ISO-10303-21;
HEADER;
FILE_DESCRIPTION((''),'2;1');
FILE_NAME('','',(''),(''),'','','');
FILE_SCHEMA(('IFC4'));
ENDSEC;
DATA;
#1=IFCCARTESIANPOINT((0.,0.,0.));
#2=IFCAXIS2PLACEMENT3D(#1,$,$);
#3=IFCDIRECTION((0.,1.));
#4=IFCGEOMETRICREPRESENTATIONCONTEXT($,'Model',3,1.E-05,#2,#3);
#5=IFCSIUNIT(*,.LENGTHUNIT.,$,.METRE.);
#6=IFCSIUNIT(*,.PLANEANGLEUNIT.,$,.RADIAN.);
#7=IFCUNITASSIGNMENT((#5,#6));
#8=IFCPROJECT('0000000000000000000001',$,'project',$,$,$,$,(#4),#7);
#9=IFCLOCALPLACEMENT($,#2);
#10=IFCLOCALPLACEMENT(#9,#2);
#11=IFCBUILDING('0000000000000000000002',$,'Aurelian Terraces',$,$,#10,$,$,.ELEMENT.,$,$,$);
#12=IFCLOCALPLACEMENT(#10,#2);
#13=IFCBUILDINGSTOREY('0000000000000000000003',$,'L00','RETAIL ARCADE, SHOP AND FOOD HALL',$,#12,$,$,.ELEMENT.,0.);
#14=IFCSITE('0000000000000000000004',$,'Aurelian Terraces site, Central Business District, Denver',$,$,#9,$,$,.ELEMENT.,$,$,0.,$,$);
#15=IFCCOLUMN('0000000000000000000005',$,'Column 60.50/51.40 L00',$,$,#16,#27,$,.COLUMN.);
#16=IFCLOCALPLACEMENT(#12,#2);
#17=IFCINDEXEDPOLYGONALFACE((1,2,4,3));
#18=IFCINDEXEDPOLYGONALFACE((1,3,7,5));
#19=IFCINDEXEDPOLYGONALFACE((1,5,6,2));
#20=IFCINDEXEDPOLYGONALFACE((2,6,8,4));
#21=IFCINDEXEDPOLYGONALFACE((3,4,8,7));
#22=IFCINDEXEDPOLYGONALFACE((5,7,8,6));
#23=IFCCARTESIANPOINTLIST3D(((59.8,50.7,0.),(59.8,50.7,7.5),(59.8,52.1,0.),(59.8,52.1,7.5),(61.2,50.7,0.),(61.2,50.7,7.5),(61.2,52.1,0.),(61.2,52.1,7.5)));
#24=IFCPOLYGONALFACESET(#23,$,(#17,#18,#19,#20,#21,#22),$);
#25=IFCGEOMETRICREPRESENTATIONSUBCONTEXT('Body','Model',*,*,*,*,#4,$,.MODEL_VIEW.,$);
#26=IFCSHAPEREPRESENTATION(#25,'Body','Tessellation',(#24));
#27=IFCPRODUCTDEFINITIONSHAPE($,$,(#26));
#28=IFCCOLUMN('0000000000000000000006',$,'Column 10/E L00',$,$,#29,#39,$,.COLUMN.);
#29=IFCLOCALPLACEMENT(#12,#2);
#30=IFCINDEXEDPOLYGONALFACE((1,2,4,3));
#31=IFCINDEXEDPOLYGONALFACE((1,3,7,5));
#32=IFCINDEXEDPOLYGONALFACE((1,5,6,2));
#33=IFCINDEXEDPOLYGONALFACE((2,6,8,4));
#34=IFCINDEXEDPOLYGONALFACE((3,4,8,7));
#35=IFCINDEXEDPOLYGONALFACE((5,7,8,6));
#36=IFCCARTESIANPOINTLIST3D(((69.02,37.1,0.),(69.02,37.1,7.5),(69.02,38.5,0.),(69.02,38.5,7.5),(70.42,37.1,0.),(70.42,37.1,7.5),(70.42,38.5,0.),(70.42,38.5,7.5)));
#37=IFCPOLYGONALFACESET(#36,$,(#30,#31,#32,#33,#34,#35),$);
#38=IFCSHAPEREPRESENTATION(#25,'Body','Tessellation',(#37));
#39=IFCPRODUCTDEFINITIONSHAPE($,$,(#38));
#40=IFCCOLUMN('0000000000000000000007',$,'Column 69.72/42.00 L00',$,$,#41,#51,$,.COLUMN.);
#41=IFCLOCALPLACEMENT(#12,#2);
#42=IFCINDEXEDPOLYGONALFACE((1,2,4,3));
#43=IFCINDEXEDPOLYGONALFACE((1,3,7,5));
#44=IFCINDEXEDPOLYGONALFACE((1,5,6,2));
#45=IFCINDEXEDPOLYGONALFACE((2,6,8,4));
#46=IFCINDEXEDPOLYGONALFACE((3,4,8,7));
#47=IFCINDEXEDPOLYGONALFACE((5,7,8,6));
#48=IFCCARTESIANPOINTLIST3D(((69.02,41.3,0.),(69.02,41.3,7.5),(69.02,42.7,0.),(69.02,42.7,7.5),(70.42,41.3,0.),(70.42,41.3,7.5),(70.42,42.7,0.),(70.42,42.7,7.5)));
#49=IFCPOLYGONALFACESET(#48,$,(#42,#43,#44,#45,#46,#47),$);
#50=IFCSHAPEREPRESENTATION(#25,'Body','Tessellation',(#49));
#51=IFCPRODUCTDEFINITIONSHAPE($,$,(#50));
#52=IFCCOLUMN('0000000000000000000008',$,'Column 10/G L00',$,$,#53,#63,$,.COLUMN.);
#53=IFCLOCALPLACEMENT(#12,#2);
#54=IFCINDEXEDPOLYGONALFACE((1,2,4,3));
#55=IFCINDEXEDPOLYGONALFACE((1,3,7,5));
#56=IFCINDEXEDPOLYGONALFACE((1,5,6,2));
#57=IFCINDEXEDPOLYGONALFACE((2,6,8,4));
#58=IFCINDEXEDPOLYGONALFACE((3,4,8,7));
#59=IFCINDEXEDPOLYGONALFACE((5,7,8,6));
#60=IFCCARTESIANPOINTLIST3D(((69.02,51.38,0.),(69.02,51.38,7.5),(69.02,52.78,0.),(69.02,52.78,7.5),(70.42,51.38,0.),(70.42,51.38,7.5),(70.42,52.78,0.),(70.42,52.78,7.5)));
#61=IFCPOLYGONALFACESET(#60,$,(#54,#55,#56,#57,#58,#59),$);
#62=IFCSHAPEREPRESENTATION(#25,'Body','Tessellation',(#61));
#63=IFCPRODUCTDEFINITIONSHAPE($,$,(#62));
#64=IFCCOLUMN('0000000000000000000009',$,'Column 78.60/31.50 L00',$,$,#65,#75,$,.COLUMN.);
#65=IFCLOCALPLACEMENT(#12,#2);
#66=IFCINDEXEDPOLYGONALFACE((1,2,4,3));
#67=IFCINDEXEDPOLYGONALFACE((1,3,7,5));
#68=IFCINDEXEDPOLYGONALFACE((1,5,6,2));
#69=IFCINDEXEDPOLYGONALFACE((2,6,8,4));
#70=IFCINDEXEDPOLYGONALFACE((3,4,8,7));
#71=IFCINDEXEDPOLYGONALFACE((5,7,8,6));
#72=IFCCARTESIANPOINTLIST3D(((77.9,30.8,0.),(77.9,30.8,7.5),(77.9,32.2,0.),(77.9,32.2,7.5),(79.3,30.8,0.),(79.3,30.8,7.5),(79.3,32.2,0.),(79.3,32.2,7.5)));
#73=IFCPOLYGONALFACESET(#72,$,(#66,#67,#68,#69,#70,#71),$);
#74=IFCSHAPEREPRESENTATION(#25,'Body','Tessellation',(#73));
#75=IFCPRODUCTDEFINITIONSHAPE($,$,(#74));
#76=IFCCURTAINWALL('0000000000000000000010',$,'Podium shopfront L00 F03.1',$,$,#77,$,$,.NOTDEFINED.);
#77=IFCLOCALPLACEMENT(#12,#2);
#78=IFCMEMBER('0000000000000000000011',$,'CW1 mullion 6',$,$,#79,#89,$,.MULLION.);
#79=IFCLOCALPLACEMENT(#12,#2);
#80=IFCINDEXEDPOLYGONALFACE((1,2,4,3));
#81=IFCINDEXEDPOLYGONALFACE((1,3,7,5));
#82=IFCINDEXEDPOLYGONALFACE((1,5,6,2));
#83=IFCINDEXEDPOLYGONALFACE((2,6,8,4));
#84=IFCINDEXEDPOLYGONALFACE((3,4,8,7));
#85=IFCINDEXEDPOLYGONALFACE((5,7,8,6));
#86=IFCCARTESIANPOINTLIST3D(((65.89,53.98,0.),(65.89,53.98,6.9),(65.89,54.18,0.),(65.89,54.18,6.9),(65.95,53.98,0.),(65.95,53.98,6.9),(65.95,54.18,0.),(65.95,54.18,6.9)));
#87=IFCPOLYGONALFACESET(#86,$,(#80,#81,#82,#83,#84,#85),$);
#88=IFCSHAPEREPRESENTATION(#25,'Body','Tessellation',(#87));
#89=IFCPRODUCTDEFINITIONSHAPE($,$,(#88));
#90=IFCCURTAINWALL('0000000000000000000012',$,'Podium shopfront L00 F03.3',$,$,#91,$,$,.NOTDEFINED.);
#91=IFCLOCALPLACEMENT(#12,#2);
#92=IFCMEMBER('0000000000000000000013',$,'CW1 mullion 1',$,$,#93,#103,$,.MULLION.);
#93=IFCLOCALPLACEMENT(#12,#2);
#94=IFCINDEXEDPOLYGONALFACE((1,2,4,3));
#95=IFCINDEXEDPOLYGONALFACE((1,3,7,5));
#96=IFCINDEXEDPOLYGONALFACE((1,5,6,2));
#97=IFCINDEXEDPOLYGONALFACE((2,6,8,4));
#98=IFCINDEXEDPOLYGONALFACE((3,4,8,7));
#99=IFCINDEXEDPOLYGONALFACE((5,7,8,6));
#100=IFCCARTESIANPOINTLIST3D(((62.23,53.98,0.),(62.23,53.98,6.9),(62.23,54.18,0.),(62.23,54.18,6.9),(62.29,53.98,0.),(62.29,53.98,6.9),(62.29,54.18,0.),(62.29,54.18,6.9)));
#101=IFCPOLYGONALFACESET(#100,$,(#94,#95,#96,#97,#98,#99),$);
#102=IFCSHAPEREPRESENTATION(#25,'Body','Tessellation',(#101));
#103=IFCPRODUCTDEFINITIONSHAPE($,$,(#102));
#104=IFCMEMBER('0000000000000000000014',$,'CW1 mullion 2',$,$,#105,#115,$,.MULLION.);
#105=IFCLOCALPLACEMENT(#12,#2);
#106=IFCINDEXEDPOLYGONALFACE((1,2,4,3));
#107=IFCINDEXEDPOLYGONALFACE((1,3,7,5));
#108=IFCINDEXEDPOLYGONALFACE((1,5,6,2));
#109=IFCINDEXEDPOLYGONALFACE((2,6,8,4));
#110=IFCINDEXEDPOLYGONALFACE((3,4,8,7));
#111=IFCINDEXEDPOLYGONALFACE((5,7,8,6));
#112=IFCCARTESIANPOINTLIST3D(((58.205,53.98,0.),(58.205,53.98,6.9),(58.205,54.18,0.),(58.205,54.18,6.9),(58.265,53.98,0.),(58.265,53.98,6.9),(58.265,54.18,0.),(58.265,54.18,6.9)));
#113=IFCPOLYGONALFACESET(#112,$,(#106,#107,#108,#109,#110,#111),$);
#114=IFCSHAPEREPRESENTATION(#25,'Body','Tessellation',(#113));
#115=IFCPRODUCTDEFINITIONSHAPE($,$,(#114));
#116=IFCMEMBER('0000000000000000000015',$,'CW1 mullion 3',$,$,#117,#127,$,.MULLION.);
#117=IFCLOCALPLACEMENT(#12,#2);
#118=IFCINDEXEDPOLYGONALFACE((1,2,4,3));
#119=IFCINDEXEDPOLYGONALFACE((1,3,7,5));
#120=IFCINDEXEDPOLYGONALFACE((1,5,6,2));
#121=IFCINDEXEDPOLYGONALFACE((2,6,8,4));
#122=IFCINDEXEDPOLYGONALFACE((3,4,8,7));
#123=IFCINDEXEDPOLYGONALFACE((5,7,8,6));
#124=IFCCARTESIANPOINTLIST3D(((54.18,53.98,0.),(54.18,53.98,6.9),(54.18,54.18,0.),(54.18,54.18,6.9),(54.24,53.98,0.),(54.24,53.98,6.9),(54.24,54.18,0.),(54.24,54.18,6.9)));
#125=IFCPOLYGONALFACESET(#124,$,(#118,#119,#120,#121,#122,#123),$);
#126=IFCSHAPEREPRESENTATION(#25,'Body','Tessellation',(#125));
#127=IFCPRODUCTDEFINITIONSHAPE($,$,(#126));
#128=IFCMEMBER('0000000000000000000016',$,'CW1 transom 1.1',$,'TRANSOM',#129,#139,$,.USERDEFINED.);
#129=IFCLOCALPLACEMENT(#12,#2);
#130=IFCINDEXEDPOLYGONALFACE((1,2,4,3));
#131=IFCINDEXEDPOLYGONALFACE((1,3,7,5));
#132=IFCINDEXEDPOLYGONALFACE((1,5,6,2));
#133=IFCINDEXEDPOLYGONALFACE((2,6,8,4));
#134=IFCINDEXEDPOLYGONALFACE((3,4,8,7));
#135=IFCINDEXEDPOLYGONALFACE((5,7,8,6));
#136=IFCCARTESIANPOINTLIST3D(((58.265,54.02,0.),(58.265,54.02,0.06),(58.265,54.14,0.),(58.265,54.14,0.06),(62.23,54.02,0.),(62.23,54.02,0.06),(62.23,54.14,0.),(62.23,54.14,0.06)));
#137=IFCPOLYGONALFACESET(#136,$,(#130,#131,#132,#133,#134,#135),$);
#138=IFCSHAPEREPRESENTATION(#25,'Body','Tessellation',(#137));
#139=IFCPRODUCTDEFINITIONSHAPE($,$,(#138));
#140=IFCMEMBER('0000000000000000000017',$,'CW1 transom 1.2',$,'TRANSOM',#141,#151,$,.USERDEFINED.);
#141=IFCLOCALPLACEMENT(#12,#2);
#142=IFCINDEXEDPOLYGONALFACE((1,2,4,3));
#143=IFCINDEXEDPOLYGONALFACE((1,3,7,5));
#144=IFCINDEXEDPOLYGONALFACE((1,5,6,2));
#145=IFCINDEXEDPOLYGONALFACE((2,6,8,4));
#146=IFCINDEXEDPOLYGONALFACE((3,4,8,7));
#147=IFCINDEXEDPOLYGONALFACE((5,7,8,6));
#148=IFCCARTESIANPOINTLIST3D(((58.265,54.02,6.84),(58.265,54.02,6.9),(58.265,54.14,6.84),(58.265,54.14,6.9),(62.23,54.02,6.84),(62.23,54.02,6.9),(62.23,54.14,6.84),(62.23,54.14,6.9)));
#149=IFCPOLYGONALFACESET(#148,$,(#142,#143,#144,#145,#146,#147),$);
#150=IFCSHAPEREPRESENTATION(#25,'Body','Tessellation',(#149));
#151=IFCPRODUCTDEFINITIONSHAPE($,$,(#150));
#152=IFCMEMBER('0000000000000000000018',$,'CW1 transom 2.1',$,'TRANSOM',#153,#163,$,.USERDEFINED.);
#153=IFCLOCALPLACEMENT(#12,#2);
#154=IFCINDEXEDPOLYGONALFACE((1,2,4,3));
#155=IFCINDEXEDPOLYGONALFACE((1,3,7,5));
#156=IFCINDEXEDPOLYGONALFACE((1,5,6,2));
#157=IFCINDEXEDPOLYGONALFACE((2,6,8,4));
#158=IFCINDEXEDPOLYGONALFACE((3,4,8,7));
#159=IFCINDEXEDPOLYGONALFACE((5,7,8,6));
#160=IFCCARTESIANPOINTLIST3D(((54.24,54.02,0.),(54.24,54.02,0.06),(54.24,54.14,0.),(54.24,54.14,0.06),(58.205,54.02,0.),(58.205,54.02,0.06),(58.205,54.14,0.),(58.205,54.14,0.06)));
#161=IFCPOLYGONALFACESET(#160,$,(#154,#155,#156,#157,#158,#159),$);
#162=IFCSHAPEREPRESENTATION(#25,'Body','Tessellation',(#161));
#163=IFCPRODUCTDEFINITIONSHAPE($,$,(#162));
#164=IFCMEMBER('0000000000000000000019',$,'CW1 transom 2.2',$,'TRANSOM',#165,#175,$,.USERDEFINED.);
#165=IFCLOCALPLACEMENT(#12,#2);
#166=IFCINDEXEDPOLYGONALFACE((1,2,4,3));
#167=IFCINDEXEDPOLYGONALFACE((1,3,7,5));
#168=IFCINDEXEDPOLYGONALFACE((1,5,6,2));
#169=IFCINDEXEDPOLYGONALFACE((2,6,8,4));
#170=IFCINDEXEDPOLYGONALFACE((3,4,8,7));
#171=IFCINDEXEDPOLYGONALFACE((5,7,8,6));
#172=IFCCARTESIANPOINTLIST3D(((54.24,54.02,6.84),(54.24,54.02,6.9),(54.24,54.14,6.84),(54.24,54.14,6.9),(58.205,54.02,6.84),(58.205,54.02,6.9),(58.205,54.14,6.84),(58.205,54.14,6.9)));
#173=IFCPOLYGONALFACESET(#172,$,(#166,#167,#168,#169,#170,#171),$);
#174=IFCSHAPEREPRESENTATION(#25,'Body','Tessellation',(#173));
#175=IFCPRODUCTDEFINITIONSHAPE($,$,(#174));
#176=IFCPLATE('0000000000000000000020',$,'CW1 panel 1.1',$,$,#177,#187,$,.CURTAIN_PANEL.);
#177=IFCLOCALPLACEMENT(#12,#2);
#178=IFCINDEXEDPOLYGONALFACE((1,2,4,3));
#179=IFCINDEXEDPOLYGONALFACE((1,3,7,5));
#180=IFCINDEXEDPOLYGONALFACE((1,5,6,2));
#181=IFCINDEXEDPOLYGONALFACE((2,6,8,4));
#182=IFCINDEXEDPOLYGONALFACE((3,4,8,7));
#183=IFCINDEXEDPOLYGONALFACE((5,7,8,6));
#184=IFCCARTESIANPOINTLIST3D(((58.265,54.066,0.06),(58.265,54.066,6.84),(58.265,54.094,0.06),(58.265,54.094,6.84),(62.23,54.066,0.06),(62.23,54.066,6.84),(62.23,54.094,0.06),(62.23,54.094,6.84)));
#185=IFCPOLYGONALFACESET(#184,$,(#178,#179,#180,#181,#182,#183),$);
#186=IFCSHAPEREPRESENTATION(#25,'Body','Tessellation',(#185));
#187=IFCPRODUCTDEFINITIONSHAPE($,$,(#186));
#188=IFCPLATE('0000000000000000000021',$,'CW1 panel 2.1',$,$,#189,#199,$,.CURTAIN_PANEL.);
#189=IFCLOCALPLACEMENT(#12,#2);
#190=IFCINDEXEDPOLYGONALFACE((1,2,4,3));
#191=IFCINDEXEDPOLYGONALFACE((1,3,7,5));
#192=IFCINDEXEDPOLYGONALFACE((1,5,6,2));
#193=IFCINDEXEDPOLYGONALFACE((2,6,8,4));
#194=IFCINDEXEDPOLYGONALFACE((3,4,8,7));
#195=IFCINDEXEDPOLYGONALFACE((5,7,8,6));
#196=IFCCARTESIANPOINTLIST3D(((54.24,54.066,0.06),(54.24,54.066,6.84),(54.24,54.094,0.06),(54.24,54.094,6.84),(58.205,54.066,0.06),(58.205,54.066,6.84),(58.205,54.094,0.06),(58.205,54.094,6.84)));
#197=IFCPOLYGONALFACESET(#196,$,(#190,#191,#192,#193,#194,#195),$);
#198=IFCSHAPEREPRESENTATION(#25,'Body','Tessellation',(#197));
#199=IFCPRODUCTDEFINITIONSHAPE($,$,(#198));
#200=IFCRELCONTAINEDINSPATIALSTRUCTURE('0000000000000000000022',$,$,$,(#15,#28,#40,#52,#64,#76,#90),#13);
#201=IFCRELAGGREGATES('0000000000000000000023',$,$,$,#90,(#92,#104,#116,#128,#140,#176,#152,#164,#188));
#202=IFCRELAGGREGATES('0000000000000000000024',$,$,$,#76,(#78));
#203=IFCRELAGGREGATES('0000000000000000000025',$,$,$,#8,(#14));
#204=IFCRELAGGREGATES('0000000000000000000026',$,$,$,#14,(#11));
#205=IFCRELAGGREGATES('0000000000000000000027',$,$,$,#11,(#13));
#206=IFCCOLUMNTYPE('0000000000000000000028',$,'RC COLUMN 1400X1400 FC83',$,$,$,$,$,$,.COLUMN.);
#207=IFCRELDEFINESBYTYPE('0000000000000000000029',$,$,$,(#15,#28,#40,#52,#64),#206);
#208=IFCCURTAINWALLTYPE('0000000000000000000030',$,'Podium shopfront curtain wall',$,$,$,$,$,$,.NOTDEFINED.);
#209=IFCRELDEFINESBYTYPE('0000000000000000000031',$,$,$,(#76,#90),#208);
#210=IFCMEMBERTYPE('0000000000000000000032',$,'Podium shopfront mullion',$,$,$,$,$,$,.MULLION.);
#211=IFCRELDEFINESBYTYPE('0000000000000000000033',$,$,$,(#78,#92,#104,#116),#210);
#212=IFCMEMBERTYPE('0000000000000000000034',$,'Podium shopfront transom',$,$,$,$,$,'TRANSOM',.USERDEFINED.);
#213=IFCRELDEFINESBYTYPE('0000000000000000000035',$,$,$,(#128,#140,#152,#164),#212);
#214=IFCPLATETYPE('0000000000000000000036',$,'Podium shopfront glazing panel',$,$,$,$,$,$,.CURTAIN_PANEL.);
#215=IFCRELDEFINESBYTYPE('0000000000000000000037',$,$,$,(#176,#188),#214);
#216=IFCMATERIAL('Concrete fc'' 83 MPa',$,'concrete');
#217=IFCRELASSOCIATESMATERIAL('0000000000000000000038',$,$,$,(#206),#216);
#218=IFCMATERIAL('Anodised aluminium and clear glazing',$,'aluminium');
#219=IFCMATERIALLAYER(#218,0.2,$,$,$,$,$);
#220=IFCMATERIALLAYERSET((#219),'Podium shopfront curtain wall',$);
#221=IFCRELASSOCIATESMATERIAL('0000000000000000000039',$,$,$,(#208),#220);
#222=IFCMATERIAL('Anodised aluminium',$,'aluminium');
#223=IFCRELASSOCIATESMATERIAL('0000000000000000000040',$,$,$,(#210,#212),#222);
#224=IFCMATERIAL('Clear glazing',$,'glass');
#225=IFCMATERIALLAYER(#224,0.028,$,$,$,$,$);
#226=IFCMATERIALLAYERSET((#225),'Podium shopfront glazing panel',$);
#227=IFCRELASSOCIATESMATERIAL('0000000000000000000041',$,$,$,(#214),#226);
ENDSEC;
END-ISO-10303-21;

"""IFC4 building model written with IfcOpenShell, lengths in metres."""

from ifc_helpers import new_model, si_unit, direction, frame, origin, origin_2d, place, context, subcontext, project, spatial, rectangle, extrude, source, transform, mapped, material, layer, layer_set, material_profile, profile_set, type_object, element, aggregate, save


model = new_model("IFC4")

# Units and contexts
model_context = context("Model", 3, precision=1e-05, world=origin(), true_north=direction((0.0, 1.0)))
body_context = subcontext(model_context, "Body", "Model", "MODEL_VIEW")
ifc_project = project(units=[si_unit("LENGTHUNIT", "METRE"), si_unit("PLANEANGLEUNIT", "RADIAN")], contexts=[model_context])

# Site, building, storey
site_placement = place(None, origin())
site = spatial("IfcSite", under=ifc_project, at=site_placement, Name="Aurelian Terraces site, Central Business District, Denver", CompositionType="ELEMENT", RefElevation=0.0)
building_placement = place(site_placement, origin())
building = spatial("IfcBuilding", under=site, at=building_placement, Name="Aurelian Terraces", CompositionType="ELEMENT")
storey_placement = place(building_placement, origin())
storey = spatial("IfcBuildingStorey", under=building, at=storey_placement, Name="L00", Description="RETAIL ARCADE, SHOP AND FOOD HALL", CompositionType="ELEMENT", Elevation=0.0)

# Columns
ifc_material_1 = material(Name="Concrete fc' 83 MPa", Category="concrete")
ifc_material_profile_1 = material_profile(ifc_material_1, rectangle(XDim=1.4, YDim=1.4, at=origin_2d()))
ifc_profile_set_1 = profile_set([ifc_material_profile_1], Name="Concrete fc' 83 MPa")
column_type = type_object("IfcColumnType", Name="RC COLUMN 1400X1400 FC83", PredefinedType="COLUMN", material=ifc_profile_set_1)
shared_shape_1 = source(origin(), body_context, "Body", "SweptSolid", [
    extrude(rectangle(XDim=1.4, YDim=1.4, at=origin_2d()), origin(), (0.0, 0.0, 1.0), 7.5),
])
for number, where, z_axis, x_axis, name in (
    (1, (60.5, 51.4, 0.0), (0.0, 0.0, 1.0), (1.0, 0.0, 0.0), "Column 60.50/51.40 L00"),
    (2, (69.72, 37.8, 0.0), (0.0, 0.0, 1.0), (1.0, 0.0, 0.0), "Column 10/E L00"),
    (3, (69.72, 42.0, 0.0), (0.0, 0.0, 1.0), (1.0, 0.0, 0.0), "Column 69.72/42.00 L00"),
    (4, (69.72, 52.08, 0.0), (0.0, 0.0, 1.0), (1.0, 0.0, 0.0), "Column 10/G L00"),
    (5, (78.6, 31.5, 0.0), (0.0, 0.0, 1.0), (1.0, 0.0, 0.0), "Column 78.60/31.50 L00"),
):
    element("IfcColumn", number, at=place(storey_placement, frame(where, z_axis=z_axis, x_axis=x_axis)), inside=storey, type_object=column_type, Name=name, PredefinedType="COLUMN", context=body_context, shape_type="MappedRepresentation", body=[
        mapped(shared_shape_1, transform((0.0, 0.0, 0.0), scale=1.0)),
    ])

# Curtain wall, member
ifc_material_2 = material(Name="Anodised aluminium and clear glazing", Category="aluminium")
ifc_layer_1 = layer(ifc_material_2, 0.2)
ifc_layer_set_1 = layer_set([ifc_layer_1], Name="Podium shopfront curtain wall")
curtain_wall_type = type_object("IfcCurtainWallType", Name="Podium shopfront curtain wall", PredefinedType="NOTDEFINED", material=ifc_layer_set_1)
curtain_wall_1_placement = place(storey_placement, origin())
curtain_wall_1 = element("IfcCurtainWall", 6, at=curtain_wall_1_placement, inside=storey, type_object=curtain_wall_type, Name="Podium shopfront L00 F03.1", PredefinedType="NOTDEFINED")
ifc_material_3 = material(Name="Anodised aluminium", Category="aluminium")
ifc_material_profile_2 = material_profile(ifc_material_3, rectangle(XDim=0.2, YDim=0.06, at=origin_2d()))
ifc_profile_set_2 = profile_set([ifc_material_profile_2], Name="Anodised aluminium")
member_type_1 = type_object("IfcMemberType", Name="Podium shopfront mullion", PredefinedType="MULLION", material=ifc_profile_set_2)
shared_shape_2 = source(origin(), body_context, "Body", "SweptSolid", [
    extrude(rectangle(XDim=0.2, YDim=0.06, at=origin_2d()), origin(), (0.0, 0.0, 1.0), 6.9),
])
member_1_placement = place(storey_placement, frame((65.92, 54.08, 0.0), z_axis=(0.0, 0.0, 1.0), x_axis=(0.0, -1.0, 0.0)))
member_1 = element("IfcMember", 7, at=member_1_placement, type_object=member_type_1, Name="CW1 mullion 6", PredefinedType="MULLION", context=body_context, shape_type="MappedRepresentation", body=[
    mapped(shared_shape_2, transform((0.0, 0.0, 0.0), scale=1.0)),
])

# Curtain wall, members, plates
curtain_wall_2_placement = place(storey_placement, origin())
curtain_wall_2 = element("IfcCurtainWall", 8, at=curtain_wall_2_placement, inside=storey, type_object=curtain_wall_type, Name="Podium shopfront L00 F03.3", PredefinedType="NOTDEFINED")
member_2_placement = place(storey_placement, frame((62.26, 54.08, 0.0), z_axis=(0.0, 0.0, 1.0), x_axis=(0.0, -1.0, 0.0)))
member_2 = element("IfcMember", 9, at=member_2_placement, type_object=member_type_1, Name="CW1 mullion 1", PredefinedType="MULLION", context=body_context, shape_type="MappedRepresentation", body=[
    mapped(shared_shape_2, transform((0.0, 0.0, 0.0), scale=1.0)),
])
member_3_placement = place(storey_placement, frame((58.235, 54.08, 0.0), z_axis=(0.0, 0.0, 1.0), x_axis=(0.0, -1.0, 0.0)))
member_3 = element("IfcMember", 10, at=member_3_placement, type_object=member_type_1, Name="CW1 mullion 2", PredefinedType="MULLION", context=body_context, shape_type="MappedRepresentation", body=[
    mapped(shared_shape_2, transform((0.0, 0.0, 0.0), scale=1.0)),
])
member_4_placement = place(storey_placement, frame((54.21, 54.08, 0.0), z_axis=(0.0, 0.0, 1.0), x_axis=(0.0, -1.0, 0.0)))
member_4 = element("IfcMember", 11, at=member_4_placement, type_object=member_type_1, Name="CW1 mullion 3", PredefinedType="MULLION", context=body_context, shape_type="MappedRepresentation", body=[
    mapped(shared_shape_2, transform((0.0, 0.0, 0.0), scale=1.0)),
])
ifc_material_profile_3 = material_profile(ifc_material_3, rectangle(XDim=0.12, YDim=0.06, at=origin_2d()))
ifc_profile_set_3 = profile_set([ifc_material_profile_3], Name="Anodised aluminium")
member_type_2 = type_object("IfcMemberType", Name="Podium shopfront transom", ElementType="TRANSOM", PredefinedType="USERDEFINED", material=ifc_profile_set_3)
shared_shape_3 = source(origin(), body_context, "Body", "SweptSolid", [
    extrude(rectangle(XDim=0.12, YDim=0.06, at=origin_2d()), origin(), (0.0, 0.0, 1.0), 3.965),
])
member_5_placement = place(storey_placement, frame((62.23, 54.08, 0.03), z_axis=(-1.0, 0.0, 0.0), x_axis=(0.0, -1.0, 0.0)))
member_5 = element("IfcMember", 12, at=member_5_placement, type_object=member_type_2, Name="CW1 transom 1.1", ObjectType="TRANSOM", PredefinedType="USERDEFINED", context=body_context, shape_type="MappedRepresentation", body=[
    mapped(shared_shape_3, transform((0.0, 0.0, 0.0), scale=1.0)),
])
member_6_placement = place(storey_placement, frame((62.23, 54.08, 6.87), z_axis=(-1.0, 0.0, 0.0), x_axis=(0.0, -1.0, 0.0)))
member_6 = element("IfcMember", 13, at=member_6_placement, type_object=member_type_2, Name="CW1 transom 1.2", ObjectType="TRANSOM", PredefinedType="USERDEFINED", context=body_context, shape_type="MappedRepresentation", body=[
    mapped(shared_shape_3, transform((0.0, 0.0, 0.0), scale=1.0)),
])
member_7_placement = place(storey_placement, frame((58.205, 54.08, 0.03), z_axis=(-1.0, 0.0, 0.0), x_axis=(0.0, -1.0, 0.0)))
member_7 = element("IfcMember", 14, at=member_7_placement, type_object=member_type_2, Name="CW1 transom 2.1", ObjectType="TRANSOM", PredefinedType="USERDEFINED", context=body_context, shape_type="MappedRepresentation", body=[
    mapped(shared_shape_3, transform((0.0, 0.0, 0.0), scale=1.0)),
])
member_8_placement = place(storey_placement, frame((58.205, 54.08, 6.87), z_axis=(-1.0, 0.0, 0.0), x_axis=(0.0, -1.0, 0.0)))
member_8 = element("IfcMember", 15, at=member_8_placement, type_object=member_type_2, Name="CW1 transom 2.2", ObjectType="TRANSOM", PredefinedType="USERDEFINED", context=body_context, shape_type="MappedRepresentation", body=[
    mapped(shared_shape_3, transform((0.0, 0.0, 0.0), scale=1.0)),
])
ifc_material_4 = material(Name="Clear glazing", Category="glass")
ifc_layer_2 = layer(ifc_material_4, 0.028)
ifc_layer_set_2 = layer_set([ifc_layer_2], Name="Podium shopfront glazing panel")
plate_type = type_object("IfcPlateType", Name="Podium shopfront glazing panel", PredefinedType="CURTAIN_PANEL", material=ifc_layer_set_2)
shared_shape_4 = source(origin(), body_context, "Body", "SweptSolid", [
    extrude(rectangle(XDim=3.965, YDim=0.028, at=origin_2d()), origin(), (0.0, 0.0, 1.0), 6.78),
])
plate_1_placement = place(storey_placement, frame((60.2475, 54.08, 0.06), z_axis=(0.0, 0.0, 1.0), x_axis=(-1.0, 0.0, 0.0)))
plate_1 = element("IfcPlate", 16, at=plate_1_placement, type_object=plate_type, Name="CW1 panel 1.1", PredefinedType="CURTAIN_PANEL", context=body_context, shape_type="MappedRepresentation", body=[
    mapped(shared_shape_4, transform((0.0, 0.0, 0.0), scale=1.0)),
])
plate_2_placement = place(storey_placement, frame((56.2225, 54.08, 0.06), z_axis=(0.0, 0.0, 1.0), x_axis=(-1.0, 0.0, 0.0)))
plate_2 = element("IfcPlate", 17, at=plate_2_placement, type_object=plate_type, Name="CW1 panel 2.1", PredefinedType="CURTAIN_PANEL", context=body_context, shape_type="MappedRepresentation", body=[
    mapped(shared_shape_4, transform((0.0, 0.0, 0.0), scale=1.0)),
])
aggregate(curtain_wall_2, [member_2, member_3, member_4, member_5, member_6, plate_1, member_7, member_8, plate_2])

aggregate(curtain_wall_1, [member_1])

save(model, "model.ifc")
